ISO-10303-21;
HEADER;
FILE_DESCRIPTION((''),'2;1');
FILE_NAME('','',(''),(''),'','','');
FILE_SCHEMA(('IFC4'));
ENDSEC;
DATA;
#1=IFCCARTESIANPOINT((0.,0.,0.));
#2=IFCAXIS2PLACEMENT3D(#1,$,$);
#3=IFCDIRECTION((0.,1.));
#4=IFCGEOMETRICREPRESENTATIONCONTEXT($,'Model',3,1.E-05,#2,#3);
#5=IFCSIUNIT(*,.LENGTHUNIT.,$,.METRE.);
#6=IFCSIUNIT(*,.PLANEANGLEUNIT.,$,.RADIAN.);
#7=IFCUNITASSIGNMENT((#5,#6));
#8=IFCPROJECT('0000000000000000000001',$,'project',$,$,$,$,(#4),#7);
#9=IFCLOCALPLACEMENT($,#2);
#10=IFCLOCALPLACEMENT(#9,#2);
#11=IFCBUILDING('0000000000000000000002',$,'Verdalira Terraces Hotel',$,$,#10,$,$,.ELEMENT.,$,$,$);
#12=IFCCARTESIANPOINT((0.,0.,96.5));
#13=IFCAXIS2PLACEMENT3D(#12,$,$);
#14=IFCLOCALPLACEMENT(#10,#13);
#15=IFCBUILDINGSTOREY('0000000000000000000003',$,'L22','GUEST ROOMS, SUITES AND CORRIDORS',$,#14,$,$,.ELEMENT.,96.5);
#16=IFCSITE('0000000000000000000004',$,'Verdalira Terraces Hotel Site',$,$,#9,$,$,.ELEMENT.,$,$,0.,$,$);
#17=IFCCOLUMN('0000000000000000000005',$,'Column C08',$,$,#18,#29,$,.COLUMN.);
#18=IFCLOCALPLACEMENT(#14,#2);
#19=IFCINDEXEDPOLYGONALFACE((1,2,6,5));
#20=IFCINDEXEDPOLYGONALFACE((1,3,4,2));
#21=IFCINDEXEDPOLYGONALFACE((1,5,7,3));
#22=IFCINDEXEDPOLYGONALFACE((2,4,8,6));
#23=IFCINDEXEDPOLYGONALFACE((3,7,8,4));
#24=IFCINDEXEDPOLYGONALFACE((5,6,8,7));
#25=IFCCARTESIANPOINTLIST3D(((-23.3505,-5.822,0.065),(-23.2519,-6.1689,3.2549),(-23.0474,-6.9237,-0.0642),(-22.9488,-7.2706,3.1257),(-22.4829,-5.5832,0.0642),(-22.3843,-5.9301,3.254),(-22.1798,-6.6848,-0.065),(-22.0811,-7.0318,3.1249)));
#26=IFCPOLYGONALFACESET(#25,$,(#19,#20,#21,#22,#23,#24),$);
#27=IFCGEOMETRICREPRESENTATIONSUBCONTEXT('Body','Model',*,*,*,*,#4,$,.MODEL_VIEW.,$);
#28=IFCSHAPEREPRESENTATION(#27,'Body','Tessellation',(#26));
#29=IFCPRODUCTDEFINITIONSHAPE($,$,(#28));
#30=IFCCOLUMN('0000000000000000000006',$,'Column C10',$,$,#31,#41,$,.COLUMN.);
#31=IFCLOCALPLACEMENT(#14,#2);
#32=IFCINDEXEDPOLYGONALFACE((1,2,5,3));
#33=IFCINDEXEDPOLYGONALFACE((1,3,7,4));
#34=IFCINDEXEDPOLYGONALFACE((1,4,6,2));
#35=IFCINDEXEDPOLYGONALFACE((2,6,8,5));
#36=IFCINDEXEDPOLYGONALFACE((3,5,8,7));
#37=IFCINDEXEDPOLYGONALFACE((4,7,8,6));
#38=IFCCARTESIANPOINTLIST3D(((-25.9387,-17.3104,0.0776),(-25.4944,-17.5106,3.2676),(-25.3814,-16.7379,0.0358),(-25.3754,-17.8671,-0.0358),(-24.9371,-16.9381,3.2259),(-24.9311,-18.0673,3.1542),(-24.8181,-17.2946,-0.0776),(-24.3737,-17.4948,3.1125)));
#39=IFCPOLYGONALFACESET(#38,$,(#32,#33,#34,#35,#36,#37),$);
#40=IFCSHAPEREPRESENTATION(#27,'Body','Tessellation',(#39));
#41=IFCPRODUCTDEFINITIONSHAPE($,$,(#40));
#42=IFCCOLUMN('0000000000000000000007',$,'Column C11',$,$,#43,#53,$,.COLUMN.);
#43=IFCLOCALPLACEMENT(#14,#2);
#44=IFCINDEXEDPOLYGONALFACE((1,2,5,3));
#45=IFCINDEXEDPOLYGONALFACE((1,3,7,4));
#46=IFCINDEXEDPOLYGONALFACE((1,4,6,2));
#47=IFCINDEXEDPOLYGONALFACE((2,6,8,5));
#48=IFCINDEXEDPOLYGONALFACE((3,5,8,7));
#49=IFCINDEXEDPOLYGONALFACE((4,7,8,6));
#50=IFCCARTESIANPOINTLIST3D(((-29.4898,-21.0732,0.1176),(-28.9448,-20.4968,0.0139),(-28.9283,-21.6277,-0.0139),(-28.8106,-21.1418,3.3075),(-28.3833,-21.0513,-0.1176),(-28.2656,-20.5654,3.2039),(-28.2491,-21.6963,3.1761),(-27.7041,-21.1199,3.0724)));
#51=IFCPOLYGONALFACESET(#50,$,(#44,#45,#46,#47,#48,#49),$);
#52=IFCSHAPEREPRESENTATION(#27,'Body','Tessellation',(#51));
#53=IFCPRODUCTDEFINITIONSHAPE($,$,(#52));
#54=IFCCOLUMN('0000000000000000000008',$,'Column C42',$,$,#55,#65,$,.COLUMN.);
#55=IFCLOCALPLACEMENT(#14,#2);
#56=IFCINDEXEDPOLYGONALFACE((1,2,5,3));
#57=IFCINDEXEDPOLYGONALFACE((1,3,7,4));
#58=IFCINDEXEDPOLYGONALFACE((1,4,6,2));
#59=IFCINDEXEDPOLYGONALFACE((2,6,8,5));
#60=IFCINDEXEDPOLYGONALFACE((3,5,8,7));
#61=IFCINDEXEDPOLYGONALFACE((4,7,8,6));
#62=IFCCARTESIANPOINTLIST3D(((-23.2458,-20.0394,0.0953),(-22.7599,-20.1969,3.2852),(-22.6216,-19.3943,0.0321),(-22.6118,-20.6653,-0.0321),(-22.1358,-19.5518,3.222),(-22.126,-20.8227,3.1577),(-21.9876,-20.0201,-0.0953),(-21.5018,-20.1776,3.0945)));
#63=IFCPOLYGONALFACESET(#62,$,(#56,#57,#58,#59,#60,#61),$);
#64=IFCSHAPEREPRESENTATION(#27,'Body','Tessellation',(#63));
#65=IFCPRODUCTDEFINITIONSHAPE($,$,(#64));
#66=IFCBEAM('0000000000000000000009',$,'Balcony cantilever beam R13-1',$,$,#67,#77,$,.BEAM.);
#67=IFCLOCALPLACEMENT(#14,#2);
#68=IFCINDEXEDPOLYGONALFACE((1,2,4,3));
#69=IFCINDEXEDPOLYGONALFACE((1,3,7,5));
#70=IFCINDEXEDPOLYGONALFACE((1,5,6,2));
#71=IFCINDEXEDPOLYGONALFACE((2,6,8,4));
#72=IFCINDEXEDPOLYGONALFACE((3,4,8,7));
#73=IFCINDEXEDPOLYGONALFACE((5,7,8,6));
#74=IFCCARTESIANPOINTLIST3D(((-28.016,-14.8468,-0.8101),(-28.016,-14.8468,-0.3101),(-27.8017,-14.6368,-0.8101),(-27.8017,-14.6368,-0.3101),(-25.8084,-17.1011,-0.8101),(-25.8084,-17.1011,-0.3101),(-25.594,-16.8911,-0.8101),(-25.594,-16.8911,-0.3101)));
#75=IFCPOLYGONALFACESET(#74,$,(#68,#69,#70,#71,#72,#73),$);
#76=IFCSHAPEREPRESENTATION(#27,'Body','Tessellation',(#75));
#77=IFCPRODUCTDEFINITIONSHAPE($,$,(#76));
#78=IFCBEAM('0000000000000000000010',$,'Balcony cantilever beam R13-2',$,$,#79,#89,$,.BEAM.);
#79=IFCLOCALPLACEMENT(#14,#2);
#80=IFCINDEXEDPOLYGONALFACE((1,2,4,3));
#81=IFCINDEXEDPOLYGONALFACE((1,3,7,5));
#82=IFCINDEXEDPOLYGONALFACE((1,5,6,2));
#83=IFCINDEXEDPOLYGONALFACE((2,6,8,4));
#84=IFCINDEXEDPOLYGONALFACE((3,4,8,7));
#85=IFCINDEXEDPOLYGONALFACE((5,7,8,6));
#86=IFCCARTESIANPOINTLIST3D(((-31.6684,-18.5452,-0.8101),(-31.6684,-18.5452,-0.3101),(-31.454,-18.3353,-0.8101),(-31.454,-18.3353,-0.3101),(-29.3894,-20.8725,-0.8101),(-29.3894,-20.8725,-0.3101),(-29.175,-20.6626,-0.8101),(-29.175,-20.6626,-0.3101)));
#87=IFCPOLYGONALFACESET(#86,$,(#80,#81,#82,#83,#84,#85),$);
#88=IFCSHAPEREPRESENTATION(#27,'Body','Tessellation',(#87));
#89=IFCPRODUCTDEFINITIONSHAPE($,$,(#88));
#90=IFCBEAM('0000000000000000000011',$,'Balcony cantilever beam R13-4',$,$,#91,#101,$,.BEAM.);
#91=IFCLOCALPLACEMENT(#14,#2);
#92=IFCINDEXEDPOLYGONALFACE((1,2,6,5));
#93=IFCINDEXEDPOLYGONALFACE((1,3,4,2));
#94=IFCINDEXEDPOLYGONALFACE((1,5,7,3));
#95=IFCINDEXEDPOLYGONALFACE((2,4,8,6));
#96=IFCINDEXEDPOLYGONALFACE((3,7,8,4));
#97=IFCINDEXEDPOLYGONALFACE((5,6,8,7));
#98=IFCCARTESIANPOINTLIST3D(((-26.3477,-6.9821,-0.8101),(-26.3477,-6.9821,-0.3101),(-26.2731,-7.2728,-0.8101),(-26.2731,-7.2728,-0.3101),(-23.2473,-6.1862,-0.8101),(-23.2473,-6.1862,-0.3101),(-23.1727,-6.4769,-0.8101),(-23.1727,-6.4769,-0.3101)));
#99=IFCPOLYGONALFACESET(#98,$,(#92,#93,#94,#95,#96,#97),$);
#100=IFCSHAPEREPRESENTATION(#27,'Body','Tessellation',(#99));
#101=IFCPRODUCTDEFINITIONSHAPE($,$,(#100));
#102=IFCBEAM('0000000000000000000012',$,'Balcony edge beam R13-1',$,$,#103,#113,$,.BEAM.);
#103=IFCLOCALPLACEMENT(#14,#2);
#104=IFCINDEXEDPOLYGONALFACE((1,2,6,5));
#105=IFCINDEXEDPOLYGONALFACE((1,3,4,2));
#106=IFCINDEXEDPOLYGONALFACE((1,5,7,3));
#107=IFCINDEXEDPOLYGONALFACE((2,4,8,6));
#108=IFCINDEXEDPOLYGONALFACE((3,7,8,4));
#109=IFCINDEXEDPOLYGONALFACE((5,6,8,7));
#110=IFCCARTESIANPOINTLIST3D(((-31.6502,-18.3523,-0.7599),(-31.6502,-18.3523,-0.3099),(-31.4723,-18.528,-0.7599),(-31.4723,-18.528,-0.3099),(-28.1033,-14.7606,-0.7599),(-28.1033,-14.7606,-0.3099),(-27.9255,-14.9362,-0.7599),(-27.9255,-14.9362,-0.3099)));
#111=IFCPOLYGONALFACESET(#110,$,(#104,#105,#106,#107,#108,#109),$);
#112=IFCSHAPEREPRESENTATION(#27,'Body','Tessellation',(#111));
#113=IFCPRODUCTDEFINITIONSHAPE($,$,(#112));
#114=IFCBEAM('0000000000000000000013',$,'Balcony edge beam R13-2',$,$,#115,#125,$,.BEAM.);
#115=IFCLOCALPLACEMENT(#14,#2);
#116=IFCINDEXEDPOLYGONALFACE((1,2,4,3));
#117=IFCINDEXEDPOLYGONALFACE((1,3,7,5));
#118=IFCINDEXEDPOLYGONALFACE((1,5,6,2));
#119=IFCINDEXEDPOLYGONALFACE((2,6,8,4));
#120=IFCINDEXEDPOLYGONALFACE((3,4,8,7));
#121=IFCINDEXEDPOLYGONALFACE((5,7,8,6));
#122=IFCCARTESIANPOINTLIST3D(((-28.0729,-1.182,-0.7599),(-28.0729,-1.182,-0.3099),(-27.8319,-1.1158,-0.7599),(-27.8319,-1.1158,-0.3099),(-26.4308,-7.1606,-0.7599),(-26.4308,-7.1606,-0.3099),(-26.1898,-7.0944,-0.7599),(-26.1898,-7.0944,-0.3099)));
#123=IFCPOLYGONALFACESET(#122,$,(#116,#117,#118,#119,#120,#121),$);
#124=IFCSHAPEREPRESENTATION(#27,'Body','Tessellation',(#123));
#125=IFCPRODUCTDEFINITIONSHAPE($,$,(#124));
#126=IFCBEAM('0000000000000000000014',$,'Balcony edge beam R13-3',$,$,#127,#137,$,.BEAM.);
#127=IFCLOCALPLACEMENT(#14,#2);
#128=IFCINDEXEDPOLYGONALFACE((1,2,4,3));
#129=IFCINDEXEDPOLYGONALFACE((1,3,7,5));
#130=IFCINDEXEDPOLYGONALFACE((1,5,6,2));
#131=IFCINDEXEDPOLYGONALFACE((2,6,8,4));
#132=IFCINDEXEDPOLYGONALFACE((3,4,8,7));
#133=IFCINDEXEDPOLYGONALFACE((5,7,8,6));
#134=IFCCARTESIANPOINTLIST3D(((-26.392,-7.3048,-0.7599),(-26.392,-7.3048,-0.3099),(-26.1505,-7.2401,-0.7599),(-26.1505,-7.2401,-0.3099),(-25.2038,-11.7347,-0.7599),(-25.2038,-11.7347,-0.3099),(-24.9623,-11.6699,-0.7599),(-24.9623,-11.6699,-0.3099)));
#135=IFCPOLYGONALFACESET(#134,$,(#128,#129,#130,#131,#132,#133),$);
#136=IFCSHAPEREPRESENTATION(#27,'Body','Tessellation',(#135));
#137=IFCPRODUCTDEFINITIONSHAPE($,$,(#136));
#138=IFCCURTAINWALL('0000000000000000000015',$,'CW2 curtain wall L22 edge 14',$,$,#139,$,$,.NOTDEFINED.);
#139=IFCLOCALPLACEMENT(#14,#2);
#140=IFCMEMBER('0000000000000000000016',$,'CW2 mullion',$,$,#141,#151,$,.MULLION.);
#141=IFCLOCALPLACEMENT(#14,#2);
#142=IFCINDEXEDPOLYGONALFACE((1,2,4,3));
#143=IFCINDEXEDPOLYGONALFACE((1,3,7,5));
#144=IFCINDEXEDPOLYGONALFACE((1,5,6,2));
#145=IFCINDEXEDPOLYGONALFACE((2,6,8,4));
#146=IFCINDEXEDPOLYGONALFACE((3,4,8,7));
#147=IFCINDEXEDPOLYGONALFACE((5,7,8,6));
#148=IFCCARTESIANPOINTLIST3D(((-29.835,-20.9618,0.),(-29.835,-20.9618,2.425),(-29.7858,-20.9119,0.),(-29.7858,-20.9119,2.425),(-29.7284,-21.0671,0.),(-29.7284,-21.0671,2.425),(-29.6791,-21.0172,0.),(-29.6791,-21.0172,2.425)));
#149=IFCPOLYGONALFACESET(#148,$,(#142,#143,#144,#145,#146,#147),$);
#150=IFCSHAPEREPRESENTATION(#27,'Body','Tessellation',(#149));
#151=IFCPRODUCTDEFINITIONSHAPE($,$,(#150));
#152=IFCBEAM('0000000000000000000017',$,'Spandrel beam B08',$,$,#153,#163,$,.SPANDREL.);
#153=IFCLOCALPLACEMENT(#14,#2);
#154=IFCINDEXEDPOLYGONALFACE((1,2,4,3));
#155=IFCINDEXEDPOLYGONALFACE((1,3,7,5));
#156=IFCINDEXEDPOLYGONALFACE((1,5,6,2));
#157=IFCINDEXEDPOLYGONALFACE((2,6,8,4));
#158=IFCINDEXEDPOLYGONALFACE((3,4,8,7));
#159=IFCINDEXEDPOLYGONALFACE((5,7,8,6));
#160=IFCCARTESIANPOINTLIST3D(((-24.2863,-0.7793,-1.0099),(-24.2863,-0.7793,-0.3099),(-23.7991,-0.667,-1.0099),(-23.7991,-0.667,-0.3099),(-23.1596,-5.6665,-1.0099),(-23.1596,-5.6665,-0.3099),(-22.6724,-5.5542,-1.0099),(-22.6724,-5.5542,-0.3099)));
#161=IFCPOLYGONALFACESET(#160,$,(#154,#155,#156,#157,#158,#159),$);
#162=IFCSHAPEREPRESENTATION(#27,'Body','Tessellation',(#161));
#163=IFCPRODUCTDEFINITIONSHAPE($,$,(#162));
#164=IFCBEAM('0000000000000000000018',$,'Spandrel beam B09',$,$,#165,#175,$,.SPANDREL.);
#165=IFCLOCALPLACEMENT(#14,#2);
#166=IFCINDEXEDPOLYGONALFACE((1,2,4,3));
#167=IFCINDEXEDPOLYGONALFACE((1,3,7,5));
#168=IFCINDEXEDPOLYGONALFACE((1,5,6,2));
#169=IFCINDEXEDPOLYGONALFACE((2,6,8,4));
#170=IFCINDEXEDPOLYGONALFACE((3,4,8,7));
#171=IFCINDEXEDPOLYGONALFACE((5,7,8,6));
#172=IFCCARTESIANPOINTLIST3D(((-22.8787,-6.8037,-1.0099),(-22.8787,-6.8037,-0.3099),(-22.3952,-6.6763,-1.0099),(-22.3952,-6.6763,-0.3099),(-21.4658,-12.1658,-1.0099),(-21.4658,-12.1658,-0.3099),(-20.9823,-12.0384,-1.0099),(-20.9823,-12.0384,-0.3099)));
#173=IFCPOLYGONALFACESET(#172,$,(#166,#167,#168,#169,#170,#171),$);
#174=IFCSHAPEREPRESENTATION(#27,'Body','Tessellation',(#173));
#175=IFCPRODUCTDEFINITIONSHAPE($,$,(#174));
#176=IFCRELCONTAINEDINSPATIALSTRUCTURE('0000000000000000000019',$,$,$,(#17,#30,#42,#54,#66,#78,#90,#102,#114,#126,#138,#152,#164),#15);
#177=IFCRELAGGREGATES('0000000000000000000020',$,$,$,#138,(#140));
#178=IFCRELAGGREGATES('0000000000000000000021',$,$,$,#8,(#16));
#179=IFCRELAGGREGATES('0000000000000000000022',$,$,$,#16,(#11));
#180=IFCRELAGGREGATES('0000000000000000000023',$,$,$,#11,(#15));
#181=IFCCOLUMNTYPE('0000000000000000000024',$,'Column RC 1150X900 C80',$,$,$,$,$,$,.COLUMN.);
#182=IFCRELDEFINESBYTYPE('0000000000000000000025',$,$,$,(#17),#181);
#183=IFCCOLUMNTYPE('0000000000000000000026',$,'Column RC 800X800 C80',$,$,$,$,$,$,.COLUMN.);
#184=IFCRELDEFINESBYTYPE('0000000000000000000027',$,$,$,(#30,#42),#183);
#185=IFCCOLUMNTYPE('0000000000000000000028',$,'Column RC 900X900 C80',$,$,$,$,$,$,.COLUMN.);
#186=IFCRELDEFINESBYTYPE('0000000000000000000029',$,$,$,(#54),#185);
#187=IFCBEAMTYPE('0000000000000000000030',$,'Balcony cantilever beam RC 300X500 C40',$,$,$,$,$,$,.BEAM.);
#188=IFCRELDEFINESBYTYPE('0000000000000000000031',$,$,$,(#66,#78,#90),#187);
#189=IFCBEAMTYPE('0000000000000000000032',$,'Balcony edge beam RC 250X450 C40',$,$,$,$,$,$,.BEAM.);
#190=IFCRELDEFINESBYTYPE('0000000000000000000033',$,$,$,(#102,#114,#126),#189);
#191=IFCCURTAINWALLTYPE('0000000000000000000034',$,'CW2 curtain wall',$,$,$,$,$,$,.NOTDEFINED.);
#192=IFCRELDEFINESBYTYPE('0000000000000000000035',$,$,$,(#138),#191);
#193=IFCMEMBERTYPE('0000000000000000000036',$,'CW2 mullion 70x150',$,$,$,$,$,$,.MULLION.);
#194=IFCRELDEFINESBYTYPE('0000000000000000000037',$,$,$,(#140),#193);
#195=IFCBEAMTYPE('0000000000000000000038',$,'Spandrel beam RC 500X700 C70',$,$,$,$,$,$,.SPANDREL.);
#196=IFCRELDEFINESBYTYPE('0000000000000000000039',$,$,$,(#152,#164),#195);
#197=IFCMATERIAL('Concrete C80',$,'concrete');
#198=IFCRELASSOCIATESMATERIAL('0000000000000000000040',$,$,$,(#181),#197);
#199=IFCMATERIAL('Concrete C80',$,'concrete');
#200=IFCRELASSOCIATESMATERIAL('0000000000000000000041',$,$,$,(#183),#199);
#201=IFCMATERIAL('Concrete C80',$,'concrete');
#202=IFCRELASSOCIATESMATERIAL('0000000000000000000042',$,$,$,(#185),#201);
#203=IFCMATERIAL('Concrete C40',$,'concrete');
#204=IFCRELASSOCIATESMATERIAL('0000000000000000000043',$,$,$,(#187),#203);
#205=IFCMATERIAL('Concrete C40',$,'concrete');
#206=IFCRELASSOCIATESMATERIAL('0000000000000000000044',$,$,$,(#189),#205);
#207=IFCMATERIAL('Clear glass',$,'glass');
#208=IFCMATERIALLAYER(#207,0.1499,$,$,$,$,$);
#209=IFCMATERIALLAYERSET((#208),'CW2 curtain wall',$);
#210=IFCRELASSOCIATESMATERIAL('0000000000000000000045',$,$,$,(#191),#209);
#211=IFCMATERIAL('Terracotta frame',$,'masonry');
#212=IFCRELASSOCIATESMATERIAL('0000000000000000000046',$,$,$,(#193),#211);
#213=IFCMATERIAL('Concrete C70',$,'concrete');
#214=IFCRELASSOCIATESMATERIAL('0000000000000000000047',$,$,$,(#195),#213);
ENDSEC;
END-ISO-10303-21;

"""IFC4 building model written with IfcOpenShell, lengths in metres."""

from ifc_helpers import new_model, si_unit, direction, frame, origin, origin_2d, place, context, subcontext, project, spatial, rectangle, extrude, material, layer, layer_set, material_profile, profile_set, type_object, element, aggregate, save


model = new_model("IFC4")

# Units and contexts
model_context = context("Model", 3, precision=1e-05, world=origin(), true_north=direction((0.0, 1.0)))
body_context = subcontext(model_context, "Body", "Model", "MODEL_VIEW")
ifc_project = project(units=[si_unit("LENGTHUNIT", "METRE"), si_unit("PLANEANGLEUNIT", "RADIAN")], contexts=[model_context])

# Site, building, storey
site_placement = place(None, origin())
site = spatial("IfcSite", under=ifc_project, at=site_placement, Name="Verdalira Terraces Hotel Site", CompositionType="ELEMENT", RefElevation=0.0)
building_placement = place(site_placement, origin())
building = spatial("IfcBuilding", under=site, at=building_placement, Name="Verdalira Terraces Hotel", CompositionType="ELEMENT")
storey_placement = place(building_placement, frame((0.0, 0.0, 96.5)))
storey = spatial("IfcBuildingStorey", under=building, at=storey_placement, Name="L22", Description="GUEST ROOMS, SUITES AND CORRIDORS", CompositionType="ELEMENT", Elevation=96.5)

# Columns
ifc_material_1 = material(Name="Concrete C80", Category="concrete")
ifc_material_profile_1 = material_profile(ifc_material_1, rectangle(XDim=1.1499, YDim=0.8999, at=origin_2d()), Name="RC 1150X900")
ifc_profile_set_1 = profile_set([ifc_material_profile_1], Name="Concrete C80")
column_type_1 = type_object("IfcColumnType", Name="Column RC 1150X900 C80", PredefinedType="COLUMN", material=ifc_profile_set_1)
column_1_placement = place(storey_placement, frame((-22.7651, -6.2534, 0.0), z_axis=(0.030724, -0.108067, 0.993669), x_axis=(0.263618, -0.958063, -0.112346)))
element("IfcColumn", 1, at=column_1_placement, inside=storey, type_object=column_type_1, Name="Column C08", PredefinedType="COLUMN", context=body_context, shape_type="SweptSolid", body=[
    extrude(rectangle(XDim=1.1499, YDim=0.8999, at=origin_2d()), origin(), (0.0, 0.0, 1.0), 3.2102),
])
ifc_material_2 = material(Name="Concrete C80", Category="concrete")
ifc_material_profile_2 = material_profile(ifc_material_2, rectangle(XDim=0.8, YDim=0.8, at=origin_2d()), Name="RC 800X800")
ifc_profile_set_2 = profile_set([ifc_material_profile_2], Name="Concrete C80")
column_type_2 = type_object("IfcColumnType", Name="Column RC 800X800 C80", PredefinedType="COLUMN", material=ifc_profile_set_2)
column_2_placement = place(storey_placement, frame((-25.3784, -17.3025, 0.0), z_axis=(0.137695, -0.062038, 0.98853), x_axis=(-0.696617, -0.715547, 0.052127)))
element("IfcColumn", 2, at=column_2_placement, inside=storey, type_object=column_type_2, Name="Column C10", PredefinedType="COLUMN", context=body_context, shape_type="SweptSolid", body=[
    extrude(rectangle(XDim=0.8, YDim=0.8, at=origin_2d()), origin(), (0.0, 0.0, 1.0), 3.2271),
])
column_3_placement = place(storey_placement, frame((-28.9365, -21.0623, 0.0), z_axis=(0.208205, -0.02103, 0.977859), x_axis=(-0.681209, -0.720536, 0.129546)))
element("IfcColumn", 3, at=column_3_placement, inside=storey, type_object=column_type_2, Name="Column C11", PredefinedType="COLUMN", context=body_context, shape_type="SweptSolid", body=[
    extrude(rectangle(XDim=0.8, YDim=0.8, at=origin_2d()), origin(), (0.0, 0.0, 1.0), 3.2622),
])
ifc_material_3 = material(Name="Concrete C80", Category="concrete")
ifc_material_profile_3 = material_profile(ifc_material_3, rectangle(XDim=0.8999, YDim=0.8999, at=origin_2d()), Name="RC 900X900")
ifc_profile_set_3 = profile_set([ifc_material_profile_3], Name="Concrete C80")
column_type_3 = type_object("IfcColumnType", Name="Column RC 900X900 C80", PredefinedType="COLUMN", material=ifc_profile_set_3)
column_4_placement = place(storey_placement, frame((-22.6167, -20.0298, 0.0), z_axis=(0.150388, -0.048744, 0.987425), x_axis=(-0.693609, -0.716918, 0.070249)))
element("IfcColumn", 4, at=column_4_placement, inside=storey, type_object=column_type_3, Name="Column C42", PredefinedType="COLUMN", context=body_context, shape_type="SweptSolid", body=[
    extrude(rectangle(XDim=0.8999, YDim=0.8999, at=origin_2d()), origin(), (0.0, 0.0, 1.0), 3.2305),
])

# Beams
ifc_material_4 = material(Name="Concrete C40", Category="concrete")
ifc_material_profile_4 = material_profile(ifc_material_4, rectangle(XDim=0.3, YDim=0.5, at=origin_2d()), Name="RC 300X500")
ifc_profile_set_4 = profile_set([ifc_material_profile_4], Name="Concrete C40")
beam_type_1 = type_object("IfcBeamType", Name="Balcony cantilever beam RC 300X500 C40", PredefinedType="BEAM", material=ifc_profile_set_4)
beam_1_placement = place(storey_placement, frame((-25.7012, -16.9961, -0.5601), z_axis=(-0.699679, 0.714457, 0.0), x_axis=(-0.714457, -0.699679, 0.0)))
element("IfcBeam", 5, at=beam_1_placement, inside=storey, type_object=beam_type_1, Name="Balcony cantilever beam R13-1", PredefinedType="BEAM", context=body_context, shape_type="SweptSolid", body=[
    extrude(rectangle(XDim=0.3, YDim=0.5, at=origin_2d()), origin(), (0.0, 0.0, 1.0), 3.1553),
])
beam_2_placement = place(storey_placement, frame((-29.2822, -20.7676, -0.5601), z_axis=(-0.699648, 0.714488, 0.0), x_axis=(-0.714488, -0.699648, 0.0)))
element("IfcBeam", 6, at=beam_2_placement, inside=storey, type_object=beam_type_1, Name="Balcony cantilever beam R13-2", PredefinedType="BEAM", context=body_context, shape_type="SweptSolid", body=[
    extrude(rectangle(XDim=0.3, YDim=0.5, at=origin_2d()), origin(), (0.0, 0.0, 1.0), 3.2573),
])
beam_3_placement = place(storey_placement, frame((-23.21, -6.3315, -0.5601), z_axis=(-0.968593, -0.248651, 0.0), x_axis=(0.248651, -0.968593, 0.0)))
element("IfcBeam", 7, at=beam_3_placement, inside=storey, type_object=beam_type_1, Name="Balcony cantilever beam R13-4", PredefinedType="BEAM", context=body_context, shape_type="SweptSolid", body=[
    extrude(rectangle(XDim=0.3, YDim=0.5, at=origin_2d()), origin(), (0.0, 0.0, 1.0), 3.2009),
])
ifc_material_5 = material(Name="Concrete C40", Category="concrete")
ifc_material_profile_5 = material_profile(ifc_material_5, rectangle(XDim=0.25, YDim=0.45, at=origin_2d()), Name="RC 250X450")
ifc_profile_set_5 = profile_set([ifc_material_profile_5], Name="Concrete C40")
beam_type_2 = type_object("IfcBeamType", Name="Balcony edge beam RC 250X450 C40", PredefinedType="BEAM", material=ifc_profile_set_5)
beam_4_placement = place(storey_placement, frame((-28.0144, -14.8484, -0.5349), z_axis=(-0.702643, -0.711542, 0.0), x_axis=(0.711542, -0.702643, 0.0)))
element("IfcBeam", 8, at=beam_4_placement, inside=storey, type_object=beam_type_2, Name="Balcony edge beam R13-1", PredefinedType="BEAM", context=body_context, shape_type="SweptSolid", body=[
    extrude(rectangle(XDim=0.25, YDim=0.45, at=origin_2d()), origin(), (0.0, 0.0, 1.0), 5.0479),
])
beam_5_placement = place(storey_placement, frame((-27.9524, -1.1489, -0.5349), z_axis=(0.264856, -0.964288, 0.0), x_axis=(0.964288, 0.264856, 0.0)))
element("IfcBeam", 9, at=beam_5_placement, inside=storey, type_object=beam_type_2, Name="Balcony edge beam R13-2", PredefinedType="BEAM", context=body_context, shape_type="SweptSolid", body=[
    extrude(rectangle(XDim=0.25, YDim=0.45, at=origin_2d()), origin(), (0.0, 0.0, 1.0), 6.2),
])
beam_6_placement = place(storey_placement, frame((-26.2712, -7.2725, -0.5349), z_axis=(0.25907, -0.965858, 0.0), x_axis=(0.965858, 0.25907, 0.0)))
element("IfcBeam", 10, at=beam_6_placement, inside=storey, type_object=beam_type_2, Name="Balcony edge beam R13-3", PredefinedType="BEAM", context=body_context, shape_type="SweptSolid", body=[
    extrude(rectangle(XDim=0.25, YDim=0.45, at=origin_2d()), origin(), (0.0, 0.0, 1.0), 4.5864),
])

# Curtain wall, member
ifc_material_6 = material(Name="Clear glass", Category="glass")
ifc_layer_1 = layer(ifc_material_6, 0.1499)
ifc_layer_set_1 = layer_set([ifc_layer_1], Name="CW2 curtain wall")
curtain_wall_type_1 = type_object("IfcCurtainWallType", Name="CW2 curtain wall", PredefinedType="NOTDEFINED", material=ifc_layer_set_1)
curtain_wall_1_placement = place(storey_placement, origin())
curtain_wall_1 = element("IfcCurtainWall", 11, at=curtain_wall_1_placement, inside=storey, type_object=curtain_wall_type_1, Name="CW2 curtain wall L22 edge 14", PredefinedType="NOTDEFINED")
ifc_material_7 = material(Name="Terracotta frame", Category="masonry")
ifc_material_profile_6 = material_profile(ifc_material_7, rectangle(XDim=0.0701, YDim=0.1499, at=origin_2d()), Name="MU 70x150")
ifc_profile_set_6 = profile_set([ifc_material_profile_6], Name="Terracotta frame")
member_type = type_object("IfcMemberType", Name="CW2 mullion 70x150", PredefinedType="MULLION", material=ifc_profile_set_6)
member_placement = place(storey_placement, frame((-29.7571, -20.9895, 0.0), z_axis=(0.0, 0.0, 1.0), x_axis=(-0.70265, -0.711536, 0.0)))
member = element("IfcMember", 12, at=member_placement, type_object=member_type, Name="CW2 mullion", PredefinedType="MULLION", context=body_context, shape_type="SweptSolid", body=[
    extrude(rectangle(XDim=0.0701, YDim=0.1499, at=origin_2d()), origin(), (0.0, 0.0, 1.0), 2.425),
])

# Beams
ifc_material_8 = material(Name="Concrete C70", Category="concrete")
ifc_material_profile_7 = material_profile(ifc_material_8, rectangle(XDim=0.5, YDim=0.7, at=origin_2d()), Name="RC 500X700")
ifc_profile_set_7 = profile_set([ifc_material_profile_7], Name="Concrete C70")
beam_type_3 = type_object("IfcBeamType", Name="Spandrel beam RC 500X700 C70", PredefinedType="SPANDREL", material=ifc_profile_set_7)
beam_7_placement = place(storey_placement, frame((-24.0427, -0.7231, -0.6599), z_axis=(0.22465, -0.97444, 0.0), x_axis=(0.97444, 0.22465, 0.0)))
element("IfcBeam", 13, at=beam_7_placement, inside=storey, type_object=beam_type_3, Name="Spandrel beam B08", PredefinedType="SPANDREL", context=body_context, shape_type="SweptSolid", body=[
    extrude(rectangle(XDim=0.5, YDim=0.7, at=origin_2d()), origin(), (0.0, 0.0, 1.0), 5.0154),
])
beam_8_placement = place(storey_placement, frame((-22.637, -6.74, -0.6599), z_axis=(0.254792, -0.966996, 0.0), x_axis=(0.966996, 0.254792, 0.0)))
element("IfcBeam", 14, at=beam_8_placement, inside=storey, type_object=beam_type_3, Name="Spandrel beam B09", PredefinedType="SPANDREL", context=body_context, shape_type="SweptSolid", body=[
    extrude(rectangle(XDim=0.5, YDim=0.7, at=origin_2d()), origin(), (0.0, 0.0, 1.0), 5.5452),
])

aggregate(curtain_wall_1, [member])

save(model, "model.ifc")
